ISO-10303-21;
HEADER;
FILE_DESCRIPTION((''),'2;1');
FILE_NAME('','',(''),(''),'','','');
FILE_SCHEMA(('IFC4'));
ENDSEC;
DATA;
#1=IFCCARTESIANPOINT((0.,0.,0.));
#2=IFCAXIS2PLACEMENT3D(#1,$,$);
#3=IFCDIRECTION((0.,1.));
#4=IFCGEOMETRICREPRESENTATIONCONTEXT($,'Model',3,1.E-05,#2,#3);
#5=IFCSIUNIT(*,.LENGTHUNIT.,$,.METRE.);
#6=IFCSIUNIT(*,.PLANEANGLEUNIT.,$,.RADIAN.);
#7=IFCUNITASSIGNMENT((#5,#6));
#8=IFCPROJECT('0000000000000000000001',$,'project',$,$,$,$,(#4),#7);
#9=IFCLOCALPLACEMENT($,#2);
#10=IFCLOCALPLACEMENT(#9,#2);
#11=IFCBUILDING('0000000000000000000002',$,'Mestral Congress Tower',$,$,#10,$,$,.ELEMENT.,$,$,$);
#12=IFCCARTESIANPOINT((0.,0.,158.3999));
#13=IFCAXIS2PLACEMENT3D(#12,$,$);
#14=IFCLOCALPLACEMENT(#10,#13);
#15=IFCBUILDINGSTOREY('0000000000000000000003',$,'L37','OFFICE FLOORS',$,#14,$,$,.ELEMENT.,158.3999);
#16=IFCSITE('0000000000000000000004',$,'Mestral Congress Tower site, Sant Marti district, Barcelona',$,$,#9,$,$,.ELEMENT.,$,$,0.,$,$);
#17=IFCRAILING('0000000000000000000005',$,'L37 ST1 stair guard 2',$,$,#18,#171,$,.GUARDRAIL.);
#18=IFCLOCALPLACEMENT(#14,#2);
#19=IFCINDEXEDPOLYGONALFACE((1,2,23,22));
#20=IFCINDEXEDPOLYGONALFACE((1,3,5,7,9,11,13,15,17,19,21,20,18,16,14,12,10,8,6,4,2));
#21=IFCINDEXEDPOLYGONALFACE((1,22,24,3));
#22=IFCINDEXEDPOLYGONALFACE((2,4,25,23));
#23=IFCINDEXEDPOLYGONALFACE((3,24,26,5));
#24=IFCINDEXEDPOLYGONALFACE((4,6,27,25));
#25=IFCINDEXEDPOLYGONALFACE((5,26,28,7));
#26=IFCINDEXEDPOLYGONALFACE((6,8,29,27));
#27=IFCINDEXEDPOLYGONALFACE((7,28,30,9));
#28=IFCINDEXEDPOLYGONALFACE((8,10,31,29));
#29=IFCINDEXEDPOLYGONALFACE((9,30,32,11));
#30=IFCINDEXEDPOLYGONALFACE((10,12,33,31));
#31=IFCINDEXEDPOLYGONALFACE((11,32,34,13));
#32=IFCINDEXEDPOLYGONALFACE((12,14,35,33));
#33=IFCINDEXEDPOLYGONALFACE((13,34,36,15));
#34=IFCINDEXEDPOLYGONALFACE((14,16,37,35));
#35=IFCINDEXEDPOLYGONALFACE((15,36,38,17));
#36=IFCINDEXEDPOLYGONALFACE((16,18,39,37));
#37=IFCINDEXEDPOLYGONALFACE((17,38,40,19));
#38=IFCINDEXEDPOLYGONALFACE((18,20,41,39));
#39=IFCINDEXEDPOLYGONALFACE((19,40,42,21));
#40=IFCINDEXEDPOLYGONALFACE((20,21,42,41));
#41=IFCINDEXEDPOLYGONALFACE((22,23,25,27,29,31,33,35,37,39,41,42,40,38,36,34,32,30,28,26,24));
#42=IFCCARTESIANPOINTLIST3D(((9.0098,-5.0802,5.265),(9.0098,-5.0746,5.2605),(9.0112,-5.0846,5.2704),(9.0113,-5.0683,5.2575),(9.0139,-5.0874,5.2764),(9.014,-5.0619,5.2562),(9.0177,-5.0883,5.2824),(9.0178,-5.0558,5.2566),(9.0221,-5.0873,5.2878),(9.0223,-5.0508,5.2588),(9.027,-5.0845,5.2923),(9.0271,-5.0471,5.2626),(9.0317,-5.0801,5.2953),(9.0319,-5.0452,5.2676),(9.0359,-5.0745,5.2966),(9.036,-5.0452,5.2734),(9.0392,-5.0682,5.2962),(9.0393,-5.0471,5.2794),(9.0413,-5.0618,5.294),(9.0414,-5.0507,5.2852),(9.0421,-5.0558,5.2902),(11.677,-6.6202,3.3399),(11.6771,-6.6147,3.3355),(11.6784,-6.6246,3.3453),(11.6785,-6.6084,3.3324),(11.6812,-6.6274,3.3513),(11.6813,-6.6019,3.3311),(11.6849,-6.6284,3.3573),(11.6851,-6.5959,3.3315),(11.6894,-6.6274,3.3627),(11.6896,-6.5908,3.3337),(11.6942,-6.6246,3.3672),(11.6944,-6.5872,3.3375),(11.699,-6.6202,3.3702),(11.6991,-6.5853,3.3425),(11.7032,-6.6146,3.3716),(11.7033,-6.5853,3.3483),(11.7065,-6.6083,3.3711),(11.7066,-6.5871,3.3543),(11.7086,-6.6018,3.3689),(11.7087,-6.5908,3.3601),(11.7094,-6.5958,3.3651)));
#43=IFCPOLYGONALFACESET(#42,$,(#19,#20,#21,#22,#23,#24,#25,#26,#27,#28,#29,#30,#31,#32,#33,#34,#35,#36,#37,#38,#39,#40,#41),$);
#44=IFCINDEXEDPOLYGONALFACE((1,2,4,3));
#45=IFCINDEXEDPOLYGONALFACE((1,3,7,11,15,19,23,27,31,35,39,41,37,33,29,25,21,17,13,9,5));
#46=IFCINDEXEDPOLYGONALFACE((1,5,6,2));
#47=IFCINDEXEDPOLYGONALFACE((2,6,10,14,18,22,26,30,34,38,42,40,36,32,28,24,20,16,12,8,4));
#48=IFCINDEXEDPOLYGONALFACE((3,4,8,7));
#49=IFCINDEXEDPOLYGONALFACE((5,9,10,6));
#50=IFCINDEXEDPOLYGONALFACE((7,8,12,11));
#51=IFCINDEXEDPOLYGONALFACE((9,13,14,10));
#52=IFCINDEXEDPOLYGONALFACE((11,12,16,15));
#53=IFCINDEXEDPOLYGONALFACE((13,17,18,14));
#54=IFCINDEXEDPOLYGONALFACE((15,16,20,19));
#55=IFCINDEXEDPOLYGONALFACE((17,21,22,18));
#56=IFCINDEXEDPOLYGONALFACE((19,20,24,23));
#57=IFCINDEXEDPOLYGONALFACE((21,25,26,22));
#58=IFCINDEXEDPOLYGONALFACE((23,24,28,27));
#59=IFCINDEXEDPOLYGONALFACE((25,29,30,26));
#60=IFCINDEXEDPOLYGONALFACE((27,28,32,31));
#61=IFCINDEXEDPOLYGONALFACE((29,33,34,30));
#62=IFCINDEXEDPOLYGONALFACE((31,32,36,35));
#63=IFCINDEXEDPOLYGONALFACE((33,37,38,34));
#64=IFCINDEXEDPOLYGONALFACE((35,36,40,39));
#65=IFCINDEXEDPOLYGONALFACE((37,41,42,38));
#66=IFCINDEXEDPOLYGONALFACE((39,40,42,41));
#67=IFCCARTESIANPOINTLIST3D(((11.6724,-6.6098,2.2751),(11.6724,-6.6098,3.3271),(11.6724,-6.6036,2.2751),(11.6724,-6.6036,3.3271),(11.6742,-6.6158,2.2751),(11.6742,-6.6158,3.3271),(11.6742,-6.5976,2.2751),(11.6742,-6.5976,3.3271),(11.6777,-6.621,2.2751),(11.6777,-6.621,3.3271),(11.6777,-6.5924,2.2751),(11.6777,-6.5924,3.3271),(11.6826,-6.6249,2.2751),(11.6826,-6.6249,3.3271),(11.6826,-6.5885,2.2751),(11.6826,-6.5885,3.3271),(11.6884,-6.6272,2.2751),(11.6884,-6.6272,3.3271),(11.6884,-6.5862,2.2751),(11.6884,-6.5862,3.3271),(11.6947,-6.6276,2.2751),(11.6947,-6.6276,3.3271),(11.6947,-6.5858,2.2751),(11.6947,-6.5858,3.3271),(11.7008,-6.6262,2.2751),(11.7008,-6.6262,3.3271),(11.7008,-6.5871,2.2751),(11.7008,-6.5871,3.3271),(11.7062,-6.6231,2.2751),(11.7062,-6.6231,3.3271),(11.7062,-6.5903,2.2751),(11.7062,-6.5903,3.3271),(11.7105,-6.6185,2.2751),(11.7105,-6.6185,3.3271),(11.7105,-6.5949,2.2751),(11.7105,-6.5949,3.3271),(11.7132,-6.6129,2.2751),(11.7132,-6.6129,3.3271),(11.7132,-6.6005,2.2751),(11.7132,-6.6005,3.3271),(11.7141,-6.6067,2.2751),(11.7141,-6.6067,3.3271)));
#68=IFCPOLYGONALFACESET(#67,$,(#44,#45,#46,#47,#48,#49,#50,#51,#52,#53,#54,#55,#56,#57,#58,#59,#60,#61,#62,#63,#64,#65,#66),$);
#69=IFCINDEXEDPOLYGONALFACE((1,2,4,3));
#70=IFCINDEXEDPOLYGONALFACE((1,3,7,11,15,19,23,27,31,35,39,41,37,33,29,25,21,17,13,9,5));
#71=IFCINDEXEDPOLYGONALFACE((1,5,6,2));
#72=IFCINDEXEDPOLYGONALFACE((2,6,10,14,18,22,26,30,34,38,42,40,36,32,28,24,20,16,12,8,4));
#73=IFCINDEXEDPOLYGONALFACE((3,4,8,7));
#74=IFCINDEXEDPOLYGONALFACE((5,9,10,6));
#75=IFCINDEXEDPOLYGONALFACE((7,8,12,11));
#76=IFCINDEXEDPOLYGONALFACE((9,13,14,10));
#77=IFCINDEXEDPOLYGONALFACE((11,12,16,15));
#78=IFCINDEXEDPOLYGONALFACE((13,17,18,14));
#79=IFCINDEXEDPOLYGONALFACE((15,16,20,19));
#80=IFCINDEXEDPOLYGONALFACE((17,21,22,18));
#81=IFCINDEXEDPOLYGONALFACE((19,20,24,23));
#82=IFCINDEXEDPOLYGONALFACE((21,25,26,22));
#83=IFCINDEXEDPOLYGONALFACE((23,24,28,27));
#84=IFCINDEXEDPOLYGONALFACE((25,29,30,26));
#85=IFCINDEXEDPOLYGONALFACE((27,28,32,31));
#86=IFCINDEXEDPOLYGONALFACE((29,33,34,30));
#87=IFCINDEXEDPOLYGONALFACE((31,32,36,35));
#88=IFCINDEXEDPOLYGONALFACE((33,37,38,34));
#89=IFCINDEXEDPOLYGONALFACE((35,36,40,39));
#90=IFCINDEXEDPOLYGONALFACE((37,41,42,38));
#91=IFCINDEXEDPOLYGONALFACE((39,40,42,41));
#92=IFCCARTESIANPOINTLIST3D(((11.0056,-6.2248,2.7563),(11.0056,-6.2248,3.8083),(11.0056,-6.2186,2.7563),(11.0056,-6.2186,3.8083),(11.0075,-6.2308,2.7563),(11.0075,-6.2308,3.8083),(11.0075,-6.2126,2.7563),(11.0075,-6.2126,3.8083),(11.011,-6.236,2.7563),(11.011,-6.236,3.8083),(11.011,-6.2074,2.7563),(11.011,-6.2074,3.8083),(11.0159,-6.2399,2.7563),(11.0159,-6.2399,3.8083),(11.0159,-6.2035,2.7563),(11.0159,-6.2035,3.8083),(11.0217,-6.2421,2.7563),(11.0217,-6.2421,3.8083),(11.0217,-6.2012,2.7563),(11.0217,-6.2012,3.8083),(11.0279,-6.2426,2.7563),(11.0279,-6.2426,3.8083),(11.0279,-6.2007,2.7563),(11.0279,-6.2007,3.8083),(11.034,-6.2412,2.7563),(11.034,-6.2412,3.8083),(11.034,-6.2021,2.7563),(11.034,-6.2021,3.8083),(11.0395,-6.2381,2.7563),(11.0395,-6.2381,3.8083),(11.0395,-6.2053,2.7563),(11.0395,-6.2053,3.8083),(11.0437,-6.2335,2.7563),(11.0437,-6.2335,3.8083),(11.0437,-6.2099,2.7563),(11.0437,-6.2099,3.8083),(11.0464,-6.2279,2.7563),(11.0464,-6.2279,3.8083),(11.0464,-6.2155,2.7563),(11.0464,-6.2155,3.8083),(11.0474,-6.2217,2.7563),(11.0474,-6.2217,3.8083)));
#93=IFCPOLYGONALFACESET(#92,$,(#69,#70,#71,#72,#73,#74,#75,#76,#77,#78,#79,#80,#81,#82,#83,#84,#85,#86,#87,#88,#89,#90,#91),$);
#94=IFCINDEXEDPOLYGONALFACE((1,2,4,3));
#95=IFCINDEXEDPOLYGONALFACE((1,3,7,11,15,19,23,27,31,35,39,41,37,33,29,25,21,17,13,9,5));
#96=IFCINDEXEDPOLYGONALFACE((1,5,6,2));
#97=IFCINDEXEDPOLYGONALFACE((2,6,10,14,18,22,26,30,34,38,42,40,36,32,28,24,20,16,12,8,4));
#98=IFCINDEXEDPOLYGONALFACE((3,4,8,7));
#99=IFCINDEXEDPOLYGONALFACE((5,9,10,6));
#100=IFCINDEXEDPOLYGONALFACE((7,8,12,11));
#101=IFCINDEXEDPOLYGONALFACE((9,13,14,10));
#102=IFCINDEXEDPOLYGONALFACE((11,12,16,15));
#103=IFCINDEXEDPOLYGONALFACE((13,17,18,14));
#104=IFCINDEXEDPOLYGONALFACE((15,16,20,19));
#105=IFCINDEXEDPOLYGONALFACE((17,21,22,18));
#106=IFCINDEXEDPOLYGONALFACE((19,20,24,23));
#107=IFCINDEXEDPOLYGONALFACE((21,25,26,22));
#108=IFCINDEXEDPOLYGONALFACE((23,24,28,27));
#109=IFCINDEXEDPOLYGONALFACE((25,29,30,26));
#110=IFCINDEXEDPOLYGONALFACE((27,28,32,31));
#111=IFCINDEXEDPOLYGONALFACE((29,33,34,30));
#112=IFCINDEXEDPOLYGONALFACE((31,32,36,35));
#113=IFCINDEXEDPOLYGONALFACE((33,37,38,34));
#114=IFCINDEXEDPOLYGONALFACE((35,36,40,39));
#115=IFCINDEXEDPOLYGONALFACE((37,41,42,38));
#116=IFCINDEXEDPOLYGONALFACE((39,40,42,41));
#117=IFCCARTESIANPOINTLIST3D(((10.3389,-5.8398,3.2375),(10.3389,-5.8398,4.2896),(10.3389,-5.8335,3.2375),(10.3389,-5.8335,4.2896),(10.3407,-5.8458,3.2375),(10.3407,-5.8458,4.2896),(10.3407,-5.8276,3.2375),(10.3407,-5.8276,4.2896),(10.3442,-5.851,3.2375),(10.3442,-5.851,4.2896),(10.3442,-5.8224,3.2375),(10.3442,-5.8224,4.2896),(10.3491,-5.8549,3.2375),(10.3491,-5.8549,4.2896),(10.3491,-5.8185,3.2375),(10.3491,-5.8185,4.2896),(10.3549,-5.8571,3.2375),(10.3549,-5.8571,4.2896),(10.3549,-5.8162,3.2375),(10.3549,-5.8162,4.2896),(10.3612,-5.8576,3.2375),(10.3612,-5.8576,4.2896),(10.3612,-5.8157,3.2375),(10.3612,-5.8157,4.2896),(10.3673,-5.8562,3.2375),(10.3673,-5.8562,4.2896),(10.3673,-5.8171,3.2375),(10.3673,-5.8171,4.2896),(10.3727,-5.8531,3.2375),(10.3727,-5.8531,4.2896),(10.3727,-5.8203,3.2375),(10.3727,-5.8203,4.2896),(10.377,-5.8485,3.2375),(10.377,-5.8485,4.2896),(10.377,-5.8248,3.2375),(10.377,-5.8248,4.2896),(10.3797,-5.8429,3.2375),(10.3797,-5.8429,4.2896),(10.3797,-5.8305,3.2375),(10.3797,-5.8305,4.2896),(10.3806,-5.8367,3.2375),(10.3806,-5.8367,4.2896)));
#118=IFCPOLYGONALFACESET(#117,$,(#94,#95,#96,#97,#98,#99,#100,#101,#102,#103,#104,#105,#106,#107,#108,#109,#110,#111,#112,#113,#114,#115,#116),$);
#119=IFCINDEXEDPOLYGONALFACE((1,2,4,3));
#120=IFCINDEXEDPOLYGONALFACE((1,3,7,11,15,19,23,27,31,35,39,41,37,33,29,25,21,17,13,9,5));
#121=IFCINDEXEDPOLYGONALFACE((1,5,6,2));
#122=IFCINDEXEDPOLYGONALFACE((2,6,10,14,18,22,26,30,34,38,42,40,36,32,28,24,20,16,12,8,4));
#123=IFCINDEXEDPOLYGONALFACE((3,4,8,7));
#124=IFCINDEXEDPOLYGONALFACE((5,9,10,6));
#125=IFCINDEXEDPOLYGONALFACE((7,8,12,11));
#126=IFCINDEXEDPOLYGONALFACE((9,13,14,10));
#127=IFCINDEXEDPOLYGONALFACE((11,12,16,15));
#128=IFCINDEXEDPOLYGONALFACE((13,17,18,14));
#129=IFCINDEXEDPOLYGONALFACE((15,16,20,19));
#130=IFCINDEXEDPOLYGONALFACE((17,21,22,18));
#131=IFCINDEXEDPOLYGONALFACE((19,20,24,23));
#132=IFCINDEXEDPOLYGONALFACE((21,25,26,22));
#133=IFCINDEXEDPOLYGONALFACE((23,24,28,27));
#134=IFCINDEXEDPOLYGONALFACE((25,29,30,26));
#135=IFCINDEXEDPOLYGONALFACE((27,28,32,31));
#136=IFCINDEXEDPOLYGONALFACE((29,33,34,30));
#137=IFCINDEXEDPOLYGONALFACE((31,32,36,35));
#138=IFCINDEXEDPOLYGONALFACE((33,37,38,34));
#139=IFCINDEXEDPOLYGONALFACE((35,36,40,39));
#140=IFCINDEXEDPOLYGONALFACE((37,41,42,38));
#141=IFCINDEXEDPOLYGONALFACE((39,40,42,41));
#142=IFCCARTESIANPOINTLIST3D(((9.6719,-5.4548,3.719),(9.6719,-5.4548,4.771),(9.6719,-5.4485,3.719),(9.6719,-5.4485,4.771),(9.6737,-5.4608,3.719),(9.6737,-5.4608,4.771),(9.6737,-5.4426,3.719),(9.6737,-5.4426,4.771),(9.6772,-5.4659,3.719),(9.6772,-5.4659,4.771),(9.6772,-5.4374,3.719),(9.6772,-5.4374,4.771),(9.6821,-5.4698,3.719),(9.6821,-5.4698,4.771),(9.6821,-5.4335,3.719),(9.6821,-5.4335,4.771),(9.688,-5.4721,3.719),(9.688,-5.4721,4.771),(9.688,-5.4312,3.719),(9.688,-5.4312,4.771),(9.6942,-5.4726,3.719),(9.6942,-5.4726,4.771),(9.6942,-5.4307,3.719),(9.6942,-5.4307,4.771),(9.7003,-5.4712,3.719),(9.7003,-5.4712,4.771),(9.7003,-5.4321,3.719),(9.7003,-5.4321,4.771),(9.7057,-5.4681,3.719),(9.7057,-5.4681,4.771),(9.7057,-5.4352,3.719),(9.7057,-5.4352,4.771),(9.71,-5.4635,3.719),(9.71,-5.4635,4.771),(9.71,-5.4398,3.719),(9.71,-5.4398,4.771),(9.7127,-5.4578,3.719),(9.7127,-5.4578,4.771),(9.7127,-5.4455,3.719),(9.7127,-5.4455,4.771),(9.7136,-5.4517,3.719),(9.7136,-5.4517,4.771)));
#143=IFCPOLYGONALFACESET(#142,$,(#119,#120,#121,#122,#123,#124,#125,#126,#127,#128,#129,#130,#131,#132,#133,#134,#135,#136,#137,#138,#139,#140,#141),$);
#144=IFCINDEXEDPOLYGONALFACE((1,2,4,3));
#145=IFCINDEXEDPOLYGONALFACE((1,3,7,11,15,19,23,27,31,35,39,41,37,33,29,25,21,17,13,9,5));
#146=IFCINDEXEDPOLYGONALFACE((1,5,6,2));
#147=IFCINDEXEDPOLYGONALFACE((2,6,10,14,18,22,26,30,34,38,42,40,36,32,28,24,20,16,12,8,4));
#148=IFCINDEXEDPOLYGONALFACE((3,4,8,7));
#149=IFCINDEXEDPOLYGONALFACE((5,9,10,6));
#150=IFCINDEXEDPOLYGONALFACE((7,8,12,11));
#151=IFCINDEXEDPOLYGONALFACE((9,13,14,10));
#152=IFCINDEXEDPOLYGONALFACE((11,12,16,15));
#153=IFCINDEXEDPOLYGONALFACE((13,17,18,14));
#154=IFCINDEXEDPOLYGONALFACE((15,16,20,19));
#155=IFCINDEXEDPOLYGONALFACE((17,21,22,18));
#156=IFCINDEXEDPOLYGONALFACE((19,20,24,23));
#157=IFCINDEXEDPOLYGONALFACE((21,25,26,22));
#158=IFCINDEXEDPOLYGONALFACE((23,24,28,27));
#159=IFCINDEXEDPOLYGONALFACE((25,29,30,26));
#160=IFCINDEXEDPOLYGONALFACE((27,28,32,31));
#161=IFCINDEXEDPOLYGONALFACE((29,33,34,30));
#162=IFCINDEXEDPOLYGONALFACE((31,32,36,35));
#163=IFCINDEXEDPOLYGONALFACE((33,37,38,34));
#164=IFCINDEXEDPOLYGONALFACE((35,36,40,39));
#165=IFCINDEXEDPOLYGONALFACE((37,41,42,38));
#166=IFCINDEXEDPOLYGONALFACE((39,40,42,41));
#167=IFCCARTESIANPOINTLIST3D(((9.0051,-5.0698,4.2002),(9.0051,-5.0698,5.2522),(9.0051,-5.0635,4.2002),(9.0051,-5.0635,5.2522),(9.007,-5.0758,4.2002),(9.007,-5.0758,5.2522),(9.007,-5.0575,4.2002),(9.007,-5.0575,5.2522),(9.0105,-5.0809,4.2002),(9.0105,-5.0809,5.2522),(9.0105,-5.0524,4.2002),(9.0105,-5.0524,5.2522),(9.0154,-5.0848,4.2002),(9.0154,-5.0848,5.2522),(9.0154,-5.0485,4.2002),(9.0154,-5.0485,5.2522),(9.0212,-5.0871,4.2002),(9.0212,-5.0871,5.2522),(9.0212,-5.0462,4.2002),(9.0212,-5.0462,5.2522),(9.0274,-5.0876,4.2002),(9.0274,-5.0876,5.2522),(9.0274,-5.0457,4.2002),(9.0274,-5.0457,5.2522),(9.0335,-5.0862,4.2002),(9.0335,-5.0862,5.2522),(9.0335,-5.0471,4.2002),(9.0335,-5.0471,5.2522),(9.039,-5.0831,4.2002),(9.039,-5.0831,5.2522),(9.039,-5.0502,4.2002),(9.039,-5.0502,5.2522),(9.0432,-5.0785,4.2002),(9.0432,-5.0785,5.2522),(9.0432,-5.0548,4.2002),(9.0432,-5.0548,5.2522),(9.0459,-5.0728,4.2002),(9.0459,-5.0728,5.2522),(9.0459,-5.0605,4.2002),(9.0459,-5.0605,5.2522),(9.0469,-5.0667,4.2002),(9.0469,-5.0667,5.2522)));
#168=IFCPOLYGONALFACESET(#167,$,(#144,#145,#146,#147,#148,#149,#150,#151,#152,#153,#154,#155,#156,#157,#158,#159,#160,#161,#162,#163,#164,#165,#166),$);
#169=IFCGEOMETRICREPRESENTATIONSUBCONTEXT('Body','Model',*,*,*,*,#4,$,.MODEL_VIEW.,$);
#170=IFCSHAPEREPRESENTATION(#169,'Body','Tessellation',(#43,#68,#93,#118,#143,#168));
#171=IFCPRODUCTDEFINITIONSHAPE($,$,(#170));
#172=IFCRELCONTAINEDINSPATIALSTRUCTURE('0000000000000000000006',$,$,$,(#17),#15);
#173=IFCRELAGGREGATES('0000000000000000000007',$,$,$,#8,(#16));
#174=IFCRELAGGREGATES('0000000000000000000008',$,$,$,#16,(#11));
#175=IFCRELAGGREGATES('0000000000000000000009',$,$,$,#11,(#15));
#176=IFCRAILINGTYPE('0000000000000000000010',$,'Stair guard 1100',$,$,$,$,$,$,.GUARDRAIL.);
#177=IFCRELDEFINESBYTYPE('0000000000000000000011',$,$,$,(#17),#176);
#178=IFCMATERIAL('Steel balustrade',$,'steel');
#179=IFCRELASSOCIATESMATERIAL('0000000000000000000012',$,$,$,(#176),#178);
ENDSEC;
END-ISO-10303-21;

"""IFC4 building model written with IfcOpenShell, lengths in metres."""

from ifc_helpers import new_model, si_unit, direction, frame, origin, origin_2d, place, context, subcontext, project, spatial, circle, extrude, material, type_object, element, save


model = new_model("IFC4")

# Units and contexts
model_context = context("Model", 3, precision=1e-05, world=origin(), true_north=direction((0.0, 1.0)))
body_context = subcontext(model_context, "Body", "Model", "MODEL_VIEW")
ifc_project = project(units=[si_unit("LENGTHUNIT", "METRE"), si_unit("PLANEANGLEUNIT", "RADIAN")], contexts=[model_context])

# Site, building, storey
site_placement = place(None, origin())
site = spatial("IfcSite", under=ifc_project, at=site_placement, Name="Mestral Congress Tower site, Sant Marti district, Barcelona", CompositionType="ELEMENT", RefElevation=0.0)
building_placement = place(site_placement, origin())
building = spatial("IfcBuilding", under=site, at=building_placement, Name="Mestral Congress Tower", CompositionType="ELEMENT")
storey_placement = place(building_placement, frame((0.0, 0.0, 158.3999)))
storey = spatial("IfcBuildingStorey", under=building, at=storey_placement, Name="L37", Description="OFFICE FLOORS", CompositionType="ELEMENT", Elevation=158.3999)

# Railing
ifc_material_1 = material(Name="Steel balustrade", Category="steel")
railing_type_1 = type_object("IfcRailingType", Name="Stair guard 1100", PredefinedType="GUARDRAIL", material=ifc_material_1)
railing_1_placement = place(storey_placement, frame((11.6931, -6.6067, 2.2751)))
element("IfcRailing", 1, at=railing_1_placement, inside=storey, type_object=railing_type_1, Name="L37 ST1 stair guard 2", PredefinedType="GUARDRAIL", context=body_context, shape_type="SweptSolid", body=[
    extrude(circle(Radius=0.0239, at=origin_2d()), frame((0.0, 0.0, 1.0762), z_axis=(-0.734364, 0.424015, 0.530019), x_axis=(-0.500027, -0.86601, 0.0)), (0.0, 0.0, 1.0), 3.6321),
    extrude(circle(Radius=0.021, at=origin_2d()), origin(), (0.0, 0.0, 1.0), 1.052),
    extrude(circle(Radius=0.021, at=origin_2d()), frame((-0.6667, 0.385, 0.4812)), (0.0, 0.0, 1.0), 1.052),
    extrude(circle(Radius=0.021, at=origin_2d()), frame((-1.3335, 0.77, 0.9624)), (0.0, 0.0, 1.0), 1.052),
    extrude(circle(Radius=0.021, at=origin_2d()), frame((-2.0005, 1.155, 1.4438)), (0.0, 0.0, 1.0), 1.052),
    extrude(circle(Radius=0.021, at=origin_2d()), frame((-2.6672, 1.54, 1.925)), (0.0, 0.0, 1.0), 1.052),
])

save(model, "model.ifc")
